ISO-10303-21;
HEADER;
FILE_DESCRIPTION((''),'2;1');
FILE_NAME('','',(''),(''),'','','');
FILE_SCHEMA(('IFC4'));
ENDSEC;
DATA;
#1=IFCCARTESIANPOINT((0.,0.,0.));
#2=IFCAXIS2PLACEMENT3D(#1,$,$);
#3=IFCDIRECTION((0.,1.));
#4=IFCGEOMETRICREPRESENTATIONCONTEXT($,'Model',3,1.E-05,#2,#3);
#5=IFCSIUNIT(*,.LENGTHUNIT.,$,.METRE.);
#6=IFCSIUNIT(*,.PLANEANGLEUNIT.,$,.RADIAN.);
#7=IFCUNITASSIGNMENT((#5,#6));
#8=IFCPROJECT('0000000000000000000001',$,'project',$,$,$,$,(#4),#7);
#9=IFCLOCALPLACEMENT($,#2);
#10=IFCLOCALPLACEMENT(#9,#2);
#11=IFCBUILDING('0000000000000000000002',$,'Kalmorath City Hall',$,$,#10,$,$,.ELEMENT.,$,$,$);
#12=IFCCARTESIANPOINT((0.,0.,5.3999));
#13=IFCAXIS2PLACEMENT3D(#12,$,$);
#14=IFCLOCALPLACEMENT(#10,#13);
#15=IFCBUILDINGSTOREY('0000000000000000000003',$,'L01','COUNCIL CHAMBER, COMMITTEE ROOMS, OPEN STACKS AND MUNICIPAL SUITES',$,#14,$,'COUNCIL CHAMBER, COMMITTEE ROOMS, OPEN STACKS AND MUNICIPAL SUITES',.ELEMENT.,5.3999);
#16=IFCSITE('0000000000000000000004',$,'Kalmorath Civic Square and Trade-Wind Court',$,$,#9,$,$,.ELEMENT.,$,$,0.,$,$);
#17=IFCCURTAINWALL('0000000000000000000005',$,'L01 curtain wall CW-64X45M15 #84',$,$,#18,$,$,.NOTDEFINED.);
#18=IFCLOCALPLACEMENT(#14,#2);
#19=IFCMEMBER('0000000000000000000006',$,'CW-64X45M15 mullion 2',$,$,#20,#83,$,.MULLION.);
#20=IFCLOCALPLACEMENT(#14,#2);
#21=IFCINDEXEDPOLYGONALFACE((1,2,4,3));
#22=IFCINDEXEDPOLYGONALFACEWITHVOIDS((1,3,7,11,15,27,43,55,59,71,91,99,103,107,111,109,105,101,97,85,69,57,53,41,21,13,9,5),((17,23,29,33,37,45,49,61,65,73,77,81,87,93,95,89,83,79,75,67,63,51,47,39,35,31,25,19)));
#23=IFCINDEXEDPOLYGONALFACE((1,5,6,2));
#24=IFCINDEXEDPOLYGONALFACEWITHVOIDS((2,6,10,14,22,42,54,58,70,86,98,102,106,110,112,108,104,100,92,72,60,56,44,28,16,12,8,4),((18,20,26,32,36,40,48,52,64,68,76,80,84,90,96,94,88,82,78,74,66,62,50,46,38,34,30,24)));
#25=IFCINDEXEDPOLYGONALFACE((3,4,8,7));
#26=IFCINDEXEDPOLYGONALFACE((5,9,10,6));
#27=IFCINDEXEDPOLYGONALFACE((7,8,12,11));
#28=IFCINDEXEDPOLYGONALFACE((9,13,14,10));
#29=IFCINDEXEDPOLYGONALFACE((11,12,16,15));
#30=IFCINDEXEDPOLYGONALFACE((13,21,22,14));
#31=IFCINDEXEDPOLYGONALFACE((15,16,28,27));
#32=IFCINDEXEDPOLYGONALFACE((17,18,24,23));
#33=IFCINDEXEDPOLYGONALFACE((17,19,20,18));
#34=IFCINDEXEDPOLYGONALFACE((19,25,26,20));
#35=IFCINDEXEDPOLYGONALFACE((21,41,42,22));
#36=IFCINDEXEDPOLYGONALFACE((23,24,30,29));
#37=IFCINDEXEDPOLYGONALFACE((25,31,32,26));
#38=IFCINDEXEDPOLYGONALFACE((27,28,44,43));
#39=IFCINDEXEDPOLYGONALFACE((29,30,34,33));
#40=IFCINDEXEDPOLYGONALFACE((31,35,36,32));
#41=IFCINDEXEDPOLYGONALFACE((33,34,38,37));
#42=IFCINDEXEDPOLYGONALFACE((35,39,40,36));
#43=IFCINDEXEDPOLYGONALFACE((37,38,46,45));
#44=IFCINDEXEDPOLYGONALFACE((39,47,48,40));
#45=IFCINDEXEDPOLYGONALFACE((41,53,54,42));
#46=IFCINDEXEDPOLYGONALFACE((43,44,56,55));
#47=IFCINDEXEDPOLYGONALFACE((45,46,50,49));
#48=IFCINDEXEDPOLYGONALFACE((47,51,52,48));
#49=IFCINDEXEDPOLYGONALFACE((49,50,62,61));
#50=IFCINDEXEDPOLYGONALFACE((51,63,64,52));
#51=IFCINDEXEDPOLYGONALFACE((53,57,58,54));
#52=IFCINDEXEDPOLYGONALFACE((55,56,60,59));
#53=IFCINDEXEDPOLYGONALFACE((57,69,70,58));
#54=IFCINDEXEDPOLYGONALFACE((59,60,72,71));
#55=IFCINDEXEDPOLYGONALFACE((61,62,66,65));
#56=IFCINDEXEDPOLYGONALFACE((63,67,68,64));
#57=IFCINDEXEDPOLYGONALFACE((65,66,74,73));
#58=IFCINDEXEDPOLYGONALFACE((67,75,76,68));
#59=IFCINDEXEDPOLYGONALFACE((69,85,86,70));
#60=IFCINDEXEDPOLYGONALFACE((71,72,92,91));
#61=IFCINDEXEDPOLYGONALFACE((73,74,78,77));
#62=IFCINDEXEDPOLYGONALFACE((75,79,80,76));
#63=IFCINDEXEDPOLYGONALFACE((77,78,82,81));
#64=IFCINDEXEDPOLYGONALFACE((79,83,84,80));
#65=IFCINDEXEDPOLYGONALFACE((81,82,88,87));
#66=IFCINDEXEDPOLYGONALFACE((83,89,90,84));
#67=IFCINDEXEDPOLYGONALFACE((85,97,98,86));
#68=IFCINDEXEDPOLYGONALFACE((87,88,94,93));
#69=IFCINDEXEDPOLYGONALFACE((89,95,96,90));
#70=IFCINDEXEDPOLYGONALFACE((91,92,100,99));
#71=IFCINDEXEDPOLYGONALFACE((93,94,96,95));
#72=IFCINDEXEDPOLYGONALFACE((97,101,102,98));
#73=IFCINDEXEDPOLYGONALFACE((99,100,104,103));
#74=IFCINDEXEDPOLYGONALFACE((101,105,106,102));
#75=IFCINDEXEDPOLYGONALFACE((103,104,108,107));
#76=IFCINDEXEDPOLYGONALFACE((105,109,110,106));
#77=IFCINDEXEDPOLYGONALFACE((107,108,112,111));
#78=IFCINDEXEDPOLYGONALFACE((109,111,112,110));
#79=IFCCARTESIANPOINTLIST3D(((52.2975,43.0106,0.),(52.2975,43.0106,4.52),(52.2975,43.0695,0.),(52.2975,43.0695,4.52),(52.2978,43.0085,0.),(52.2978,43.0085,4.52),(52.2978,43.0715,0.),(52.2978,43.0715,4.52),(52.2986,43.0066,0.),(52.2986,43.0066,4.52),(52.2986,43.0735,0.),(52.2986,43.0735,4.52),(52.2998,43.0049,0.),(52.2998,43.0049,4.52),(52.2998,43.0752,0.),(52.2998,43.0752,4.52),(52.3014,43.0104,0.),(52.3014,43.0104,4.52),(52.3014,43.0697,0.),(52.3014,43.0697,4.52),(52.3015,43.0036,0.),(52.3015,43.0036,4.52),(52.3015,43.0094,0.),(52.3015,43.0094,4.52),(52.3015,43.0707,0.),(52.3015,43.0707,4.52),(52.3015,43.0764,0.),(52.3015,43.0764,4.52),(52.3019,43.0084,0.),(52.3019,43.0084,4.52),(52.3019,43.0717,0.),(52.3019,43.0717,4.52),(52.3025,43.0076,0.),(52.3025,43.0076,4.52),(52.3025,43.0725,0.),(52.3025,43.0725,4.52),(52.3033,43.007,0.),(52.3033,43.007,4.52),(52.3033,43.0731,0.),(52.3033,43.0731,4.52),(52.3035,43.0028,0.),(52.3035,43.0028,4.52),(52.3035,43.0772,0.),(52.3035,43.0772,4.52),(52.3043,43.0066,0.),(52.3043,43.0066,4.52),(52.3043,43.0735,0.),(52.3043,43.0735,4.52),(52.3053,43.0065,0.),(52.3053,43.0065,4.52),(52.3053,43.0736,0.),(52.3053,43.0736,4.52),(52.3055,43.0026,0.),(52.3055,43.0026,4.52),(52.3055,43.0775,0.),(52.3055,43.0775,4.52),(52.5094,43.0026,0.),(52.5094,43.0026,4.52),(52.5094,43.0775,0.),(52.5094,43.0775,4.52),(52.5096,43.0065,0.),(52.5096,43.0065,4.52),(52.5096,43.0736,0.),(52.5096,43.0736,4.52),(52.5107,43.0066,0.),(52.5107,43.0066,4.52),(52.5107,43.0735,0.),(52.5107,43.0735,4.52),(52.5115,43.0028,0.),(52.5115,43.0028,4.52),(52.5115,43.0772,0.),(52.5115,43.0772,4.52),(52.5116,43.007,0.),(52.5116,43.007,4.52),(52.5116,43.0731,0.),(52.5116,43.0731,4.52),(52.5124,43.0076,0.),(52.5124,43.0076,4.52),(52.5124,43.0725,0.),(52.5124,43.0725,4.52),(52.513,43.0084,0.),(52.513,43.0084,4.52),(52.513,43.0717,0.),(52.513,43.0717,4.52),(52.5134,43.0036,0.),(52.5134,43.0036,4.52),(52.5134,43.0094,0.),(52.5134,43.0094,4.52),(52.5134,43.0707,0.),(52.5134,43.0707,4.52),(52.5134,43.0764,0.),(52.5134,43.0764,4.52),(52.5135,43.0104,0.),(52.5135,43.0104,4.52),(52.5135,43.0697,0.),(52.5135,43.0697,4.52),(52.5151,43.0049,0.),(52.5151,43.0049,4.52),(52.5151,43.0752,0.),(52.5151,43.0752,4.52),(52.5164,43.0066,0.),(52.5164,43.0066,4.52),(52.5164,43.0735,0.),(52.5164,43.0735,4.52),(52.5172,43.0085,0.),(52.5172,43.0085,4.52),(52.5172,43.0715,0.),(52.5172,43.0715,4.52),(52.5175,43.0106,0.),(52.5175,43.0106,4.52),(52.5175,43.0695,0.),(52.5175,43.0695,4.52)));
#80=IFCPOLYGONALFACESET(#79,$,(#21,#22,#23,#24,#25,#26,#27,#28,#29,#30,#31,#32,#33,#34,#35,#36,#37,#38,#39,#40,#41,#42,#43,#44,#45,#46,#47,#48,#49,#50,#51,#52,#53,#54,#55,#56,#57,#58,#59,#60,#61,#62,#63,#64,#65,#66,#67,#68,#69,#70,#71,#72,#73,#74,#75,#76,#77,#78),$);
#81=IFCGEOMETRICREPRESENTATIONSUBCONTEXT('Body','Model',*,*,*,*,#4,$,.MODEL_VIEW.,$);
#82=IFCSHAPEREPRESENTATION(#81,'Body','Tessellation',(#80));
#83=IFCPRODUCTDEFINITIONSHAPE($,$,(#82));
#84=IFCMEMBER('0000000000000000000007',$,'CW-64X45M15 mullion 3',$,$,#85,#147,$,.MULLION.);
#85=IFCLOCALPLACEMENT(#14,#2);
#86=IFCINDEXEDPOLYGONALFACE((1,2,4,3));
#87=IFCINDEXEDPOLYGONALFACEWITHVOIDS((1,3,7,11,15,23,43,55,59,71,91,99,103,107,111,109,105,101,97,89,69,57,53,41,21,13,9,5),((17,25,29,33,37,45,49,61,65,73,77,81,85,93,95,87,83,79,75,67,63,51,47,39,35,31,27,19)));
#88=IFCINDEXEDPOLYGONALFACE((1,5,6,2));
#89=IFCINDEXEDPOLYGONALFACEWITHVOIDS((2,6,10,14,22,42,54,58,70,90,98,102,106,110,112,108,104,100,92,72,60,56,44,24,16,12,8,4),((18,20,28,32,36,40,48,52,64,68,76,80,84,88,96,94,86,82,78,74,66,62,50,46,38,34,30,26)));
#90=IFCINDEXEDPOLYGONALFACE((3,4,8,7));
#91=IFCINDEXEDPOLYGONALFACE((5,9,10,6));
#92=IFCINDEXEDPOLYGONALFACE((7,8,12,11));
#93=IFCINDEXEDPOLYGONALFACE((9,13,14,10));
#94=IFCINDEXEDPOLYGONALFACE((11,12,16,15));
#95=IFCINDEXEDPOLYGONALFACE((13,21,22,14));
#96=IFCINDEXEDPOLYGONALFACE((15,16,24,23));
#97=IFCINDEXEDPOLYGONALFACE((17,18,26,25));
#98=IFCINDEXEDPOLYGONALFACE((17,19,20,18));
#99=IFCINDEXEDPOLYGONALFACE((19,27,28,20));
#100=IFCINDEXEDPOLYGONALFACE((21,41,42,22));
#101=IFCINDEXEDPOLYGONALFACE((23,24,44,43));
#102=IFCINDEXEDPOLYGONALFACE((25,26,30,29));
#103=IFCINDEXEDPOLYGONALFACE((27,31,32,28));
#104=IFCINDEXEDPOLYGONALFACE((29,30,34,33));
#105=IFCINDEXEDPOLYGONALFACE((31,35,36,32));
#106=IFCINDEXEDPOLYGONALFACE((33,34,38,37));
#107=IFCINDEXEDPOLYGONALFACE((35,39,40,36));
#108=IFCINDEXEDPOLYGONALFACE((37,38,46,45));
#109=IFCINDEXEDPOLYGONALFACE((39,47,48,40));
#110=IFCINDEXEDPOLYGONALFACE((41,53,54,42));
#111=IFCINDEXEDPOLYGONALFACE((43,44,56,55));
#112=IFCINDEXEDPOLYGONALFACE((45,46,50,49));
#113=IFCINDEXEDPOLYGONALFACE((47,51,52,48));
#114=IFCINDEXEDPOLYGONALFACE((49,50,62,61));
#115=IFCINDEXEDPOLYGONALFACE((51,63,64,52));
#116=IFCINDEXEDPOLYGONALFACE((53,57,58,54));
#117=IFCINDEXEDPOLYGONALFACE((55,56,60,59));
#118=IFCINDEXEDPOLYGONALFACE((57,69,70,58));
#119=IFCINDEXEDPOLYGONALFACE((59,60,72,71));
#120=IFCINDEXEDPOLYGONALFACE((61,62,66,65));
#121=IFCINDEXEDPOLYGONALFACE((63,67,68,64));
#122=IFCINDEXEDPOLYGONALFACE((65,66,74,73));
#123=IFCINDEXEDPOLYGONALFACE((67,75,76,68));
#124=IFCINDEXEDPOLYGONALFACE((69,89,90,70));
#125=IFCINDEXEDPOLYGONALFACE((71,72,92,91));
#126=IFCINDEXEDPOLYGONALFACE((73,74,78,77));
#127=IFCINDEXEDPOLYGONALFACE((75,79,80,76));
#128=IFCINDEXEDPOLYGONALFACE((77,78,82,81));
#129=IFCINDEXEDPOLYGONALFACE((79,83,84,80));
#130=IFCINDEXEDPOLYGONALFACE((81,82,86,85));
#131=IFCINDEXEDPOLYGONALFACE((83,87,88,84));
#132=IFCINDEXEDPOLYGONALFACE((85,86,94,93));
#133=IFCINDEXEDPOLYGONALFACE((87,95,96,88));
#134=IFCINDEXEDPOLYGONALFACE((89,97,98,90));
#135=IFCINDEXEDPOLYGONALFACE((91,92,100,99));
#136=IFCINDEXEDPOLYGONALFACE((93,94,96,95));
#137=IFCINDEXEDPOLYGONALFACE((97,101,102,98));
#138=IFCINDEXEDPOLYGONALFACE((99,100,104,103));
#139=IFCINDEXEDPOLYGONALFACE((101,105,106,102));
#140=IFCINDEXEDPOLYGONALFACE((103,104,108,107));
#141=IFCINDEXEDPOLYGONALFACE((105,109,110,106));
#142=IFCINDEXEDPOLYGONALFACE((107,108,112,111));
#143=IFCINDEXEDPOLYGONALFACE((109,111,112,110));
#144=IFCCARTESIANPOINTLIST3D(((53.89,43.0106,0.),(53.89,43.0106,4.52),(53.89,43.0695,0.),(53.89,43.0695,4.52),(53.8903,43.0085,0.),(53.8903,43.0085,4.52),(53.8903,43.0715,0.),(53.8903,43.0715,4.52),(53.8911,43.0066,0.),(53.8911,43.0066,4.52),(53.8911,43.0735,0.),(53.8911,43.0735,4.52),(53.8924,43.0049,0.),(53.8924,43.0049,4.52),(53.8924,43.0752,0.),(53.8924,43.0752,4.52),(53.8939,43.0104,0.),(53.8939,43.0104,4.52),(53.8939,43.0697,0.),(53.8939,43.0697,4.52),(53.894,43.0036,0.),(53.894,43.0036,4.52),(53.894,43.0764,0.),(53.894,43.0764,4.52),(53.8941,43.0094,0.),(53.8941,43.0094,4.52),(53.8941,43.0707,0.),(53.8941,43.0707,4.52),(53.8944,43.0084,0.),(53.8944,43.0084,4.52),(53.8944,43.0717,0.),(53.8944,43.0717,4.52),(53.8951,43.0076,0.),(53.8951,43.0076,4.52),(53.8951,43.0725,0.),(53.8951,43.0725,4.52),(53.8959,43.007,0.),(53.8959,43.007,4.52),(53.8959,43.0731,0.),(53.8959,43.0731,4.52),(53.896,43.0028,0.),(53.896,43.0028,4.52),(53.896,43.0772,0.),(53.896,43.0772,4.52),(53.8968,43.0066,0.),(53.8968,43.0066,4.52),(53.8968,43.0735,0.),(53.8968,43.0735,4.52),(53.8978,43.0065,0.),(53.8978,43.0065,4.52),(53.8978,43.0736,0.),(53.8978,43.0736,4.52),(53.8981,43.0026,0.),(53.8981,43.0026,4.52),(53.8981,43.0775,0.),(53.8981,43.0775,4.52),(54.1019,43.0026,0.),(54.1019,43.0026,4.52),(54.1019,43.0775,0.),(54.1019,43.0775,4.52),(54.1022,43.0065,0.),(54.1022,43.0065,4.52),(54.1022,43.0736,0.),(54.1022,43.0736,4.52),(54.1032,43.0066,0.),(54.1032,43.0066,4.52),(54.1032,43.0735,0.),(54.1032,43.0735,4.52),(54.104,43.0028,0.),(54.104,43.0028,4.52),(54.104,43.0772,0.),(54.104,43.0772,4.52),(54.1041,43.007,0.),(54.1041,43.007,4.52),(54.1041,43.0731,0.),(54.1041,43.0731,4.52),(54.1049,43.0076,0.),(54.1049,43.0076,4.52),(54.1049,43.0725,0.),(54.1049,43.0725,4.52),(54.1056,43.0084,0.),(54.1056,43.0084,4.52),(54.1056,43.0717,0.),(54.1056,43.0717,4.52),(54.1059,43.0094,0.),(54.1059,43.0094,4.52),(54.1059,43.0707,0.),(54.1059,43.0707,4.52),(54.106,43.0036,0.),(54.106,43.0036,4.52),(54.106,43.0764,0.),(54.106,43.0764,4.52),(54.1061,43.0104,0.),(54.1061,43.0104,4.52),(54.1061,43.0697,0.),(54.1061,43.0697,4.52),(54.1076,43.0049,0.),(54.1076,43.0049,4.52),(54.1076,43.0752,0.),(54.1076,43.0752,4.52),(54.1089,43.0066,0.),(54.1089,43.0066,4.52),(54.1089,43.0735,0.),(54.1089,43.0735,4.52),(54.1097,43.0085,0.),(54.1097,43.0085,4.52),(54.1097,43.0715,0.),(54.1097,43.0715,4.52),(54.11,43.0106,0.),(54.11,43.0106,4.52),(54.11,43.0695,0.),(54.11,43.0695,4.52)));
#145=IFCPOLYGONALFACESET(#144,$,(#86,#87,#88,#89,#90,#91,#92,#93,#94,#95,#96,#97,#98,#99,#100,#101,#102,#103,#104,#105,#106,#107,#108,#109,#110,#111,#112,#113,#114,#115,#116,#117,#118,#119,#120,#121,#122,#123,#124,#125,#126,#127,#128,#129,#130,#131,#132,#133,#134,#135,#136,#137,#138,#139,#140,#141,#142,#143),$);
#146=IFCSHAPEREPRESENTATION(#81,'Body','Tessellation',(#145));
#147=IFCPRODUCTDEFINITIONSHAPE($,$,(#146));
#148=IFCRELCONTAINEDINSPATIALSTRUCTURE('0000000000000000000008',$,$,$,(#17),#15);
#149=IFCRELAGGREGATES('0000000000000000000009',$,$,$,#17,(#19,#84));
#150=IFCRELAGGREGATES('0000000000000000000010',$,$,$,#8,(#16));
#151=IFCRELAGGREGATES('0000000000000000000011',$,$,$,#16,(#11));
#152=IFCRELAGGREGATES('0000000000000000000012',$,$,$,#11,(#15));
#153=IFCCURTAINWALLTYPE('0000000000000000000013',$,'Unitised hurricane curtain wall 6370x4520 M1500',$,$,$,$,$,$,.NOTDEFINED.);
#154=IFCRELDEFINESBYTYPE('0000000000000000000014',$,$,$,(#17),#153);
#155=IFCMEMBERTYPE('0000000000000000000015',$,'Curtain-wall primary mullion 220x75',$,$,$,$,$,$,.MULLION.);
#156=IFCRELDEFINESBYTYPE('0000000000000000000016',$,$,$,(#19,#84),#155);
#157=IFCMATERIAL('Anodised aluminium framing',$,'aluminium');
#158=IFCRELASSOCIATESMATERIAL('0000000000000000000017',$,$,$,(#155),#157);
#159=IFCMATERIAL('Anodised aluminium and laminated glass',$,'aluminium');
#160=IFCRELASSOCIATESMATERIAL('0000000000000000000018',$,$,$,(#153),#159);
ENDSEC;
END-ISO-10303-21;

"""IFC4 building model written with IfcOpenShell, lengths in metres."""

from ifc_helpers import new_model, si_unit, direction, frame, origin, origin_2d, place, context, subcontext, project, spatial, hollow_rectangle, extrude, material, material_profile, profile_set, type_object, element, aggregate, save


model = new_model("IFC4")

# Units and contexts
model_context = context("Model", 3, precision=1e-05, world=origin(), true_north=direction((0.0, 1.0)))
body_context = subcontext(model_context, "Body", "Model", "MODEL_VIEW")
ifc_project = project(units=[si_unit("LENGTHUNIT", "METRE"), si_unit("PLANEANGLEUNIT", "RADIAN")], contexts=[model_context])

# Site, building, storey
site_placement = place(None, origin())
site = spatial("IfcSite", under=ifc_project, at=site_placement, Name="Kalmorath Civic Square and Trade-Wind Court", CompositionType="ELEMENT", RefElevation=0.0)
building_placement = place(site_placement, origin())
building = spatial("IfcBuilding", under=site, at=building_placement, Name="Kalmorath City Hall", CompositionType="ELEMENT")
storey_placement = place(building_placement, frame((0.0, 0.0, 5.3999)))
storey = spatial("IfcBuildingStorey", under=building, at=storey_placement, Name="L01", Description="COUNCIL CHAMBER, COMMITTEE ROOMS, OPEN STACKS AND MUNICIPAL SUITES", LongName="COUNCIL CHAMBER, COMMITTEE ROOMS, OPEN STACKS AND MUNICIPAL SUITES", CompositionType="ELEMENT", Elevation=5.3999)

# Shared definitions
ifc_material_1 = material(Name="Anodised aluminium framing", Category="aluminium")
ifc_material_profile_1 = material_profile(ifc_material_1, hollow_rectangle(XDim=0.075, YDim=0.22, WallThickness=0.0039, InnerFilletRadius=0.0039, OuterFilletRadius=0.0081, at=origin_2d()), Name="ALU-MUL-220X75X4")
ifc_profile_set_1 = profile_set([ifc_material_profile_1], Name="Anodised aluminium framing")
member_type_1 = type_object("IfcMemberType", Name="Curtain-wall primary mullion 220x75", PredefinedType="MULLION", material=ifc_profile_set_1)

# Curtain wall, members
ifc_material_2 = material(Name="Anodised aluminium and laminated glass", Category="aluminium")
curtain_wall_type_1 = type_object("IfcCurtainWallType", Name="Unitised hurricane curtain wall 6370x4520 M1500", PredefinedType="NOTDEFINED", material=ifc_material_2)
curtain_wall_1_placement = place(storey_placement, origin())
curtain_wall_1 = element("IfcCurtainWall", 1, at=curtain_wall_1_placement, inside=storey, type_object=curtain_wall_type_1, Name="L01 curtain wall CW-64X45M15 #84", PredefinedType="NOTDEFINED")
member_1_placement = place(storey_placement, frame((52.4075, 43.04, 0.0), z_axis=(0.0, 0.0, 1.0), x_axis=(0.0, 1.0, 0.0)))
member_1 = element("IfcMember", 2, at=member_1_placement, type_object=member_type_1, Name="CW-64X45M15 mullion 2", PredefinedType="MULLION", context=body_context, shape_type="SweptSolid", body=[
    extrude(hollow_rectangle(XDim=0.075, YDim=0.22, WallThickness=0.0039, InnerFilletRadius=0.0039, OuterFilletRadius=0.0081, at=origin_2d()), origin(), (0.0, 0.0, 1.0), 4.52),
])
member_2_placement = place(storey_placement, frame((54.0, 43.04, 0.0), z_axis=(0.0, 0.0, 1.0), x_axis=(0.0, 1.0, 0.0)))
member_2 = element("IfcMember", 3, at=member_2_placement, type_object=member_type_1, Name="CW-64X45M15 mullion 3", PredefinedType="MULLION", context=body_context, shape_type="SweptSolid", body=[
    extrude(hollow_rectangle(XDim=0.075, YDim=0.22, WallThickness=0.0039, InnerFilletRadius=0.0039, OuterFilletRadius=0.0081, at=origin_2d()), origin(), (0.0, 0.0, 1.0), 4.52),
])

aggregate(curtain_wall_1, [member_1, member_2])

save(model, "model.ifc")
